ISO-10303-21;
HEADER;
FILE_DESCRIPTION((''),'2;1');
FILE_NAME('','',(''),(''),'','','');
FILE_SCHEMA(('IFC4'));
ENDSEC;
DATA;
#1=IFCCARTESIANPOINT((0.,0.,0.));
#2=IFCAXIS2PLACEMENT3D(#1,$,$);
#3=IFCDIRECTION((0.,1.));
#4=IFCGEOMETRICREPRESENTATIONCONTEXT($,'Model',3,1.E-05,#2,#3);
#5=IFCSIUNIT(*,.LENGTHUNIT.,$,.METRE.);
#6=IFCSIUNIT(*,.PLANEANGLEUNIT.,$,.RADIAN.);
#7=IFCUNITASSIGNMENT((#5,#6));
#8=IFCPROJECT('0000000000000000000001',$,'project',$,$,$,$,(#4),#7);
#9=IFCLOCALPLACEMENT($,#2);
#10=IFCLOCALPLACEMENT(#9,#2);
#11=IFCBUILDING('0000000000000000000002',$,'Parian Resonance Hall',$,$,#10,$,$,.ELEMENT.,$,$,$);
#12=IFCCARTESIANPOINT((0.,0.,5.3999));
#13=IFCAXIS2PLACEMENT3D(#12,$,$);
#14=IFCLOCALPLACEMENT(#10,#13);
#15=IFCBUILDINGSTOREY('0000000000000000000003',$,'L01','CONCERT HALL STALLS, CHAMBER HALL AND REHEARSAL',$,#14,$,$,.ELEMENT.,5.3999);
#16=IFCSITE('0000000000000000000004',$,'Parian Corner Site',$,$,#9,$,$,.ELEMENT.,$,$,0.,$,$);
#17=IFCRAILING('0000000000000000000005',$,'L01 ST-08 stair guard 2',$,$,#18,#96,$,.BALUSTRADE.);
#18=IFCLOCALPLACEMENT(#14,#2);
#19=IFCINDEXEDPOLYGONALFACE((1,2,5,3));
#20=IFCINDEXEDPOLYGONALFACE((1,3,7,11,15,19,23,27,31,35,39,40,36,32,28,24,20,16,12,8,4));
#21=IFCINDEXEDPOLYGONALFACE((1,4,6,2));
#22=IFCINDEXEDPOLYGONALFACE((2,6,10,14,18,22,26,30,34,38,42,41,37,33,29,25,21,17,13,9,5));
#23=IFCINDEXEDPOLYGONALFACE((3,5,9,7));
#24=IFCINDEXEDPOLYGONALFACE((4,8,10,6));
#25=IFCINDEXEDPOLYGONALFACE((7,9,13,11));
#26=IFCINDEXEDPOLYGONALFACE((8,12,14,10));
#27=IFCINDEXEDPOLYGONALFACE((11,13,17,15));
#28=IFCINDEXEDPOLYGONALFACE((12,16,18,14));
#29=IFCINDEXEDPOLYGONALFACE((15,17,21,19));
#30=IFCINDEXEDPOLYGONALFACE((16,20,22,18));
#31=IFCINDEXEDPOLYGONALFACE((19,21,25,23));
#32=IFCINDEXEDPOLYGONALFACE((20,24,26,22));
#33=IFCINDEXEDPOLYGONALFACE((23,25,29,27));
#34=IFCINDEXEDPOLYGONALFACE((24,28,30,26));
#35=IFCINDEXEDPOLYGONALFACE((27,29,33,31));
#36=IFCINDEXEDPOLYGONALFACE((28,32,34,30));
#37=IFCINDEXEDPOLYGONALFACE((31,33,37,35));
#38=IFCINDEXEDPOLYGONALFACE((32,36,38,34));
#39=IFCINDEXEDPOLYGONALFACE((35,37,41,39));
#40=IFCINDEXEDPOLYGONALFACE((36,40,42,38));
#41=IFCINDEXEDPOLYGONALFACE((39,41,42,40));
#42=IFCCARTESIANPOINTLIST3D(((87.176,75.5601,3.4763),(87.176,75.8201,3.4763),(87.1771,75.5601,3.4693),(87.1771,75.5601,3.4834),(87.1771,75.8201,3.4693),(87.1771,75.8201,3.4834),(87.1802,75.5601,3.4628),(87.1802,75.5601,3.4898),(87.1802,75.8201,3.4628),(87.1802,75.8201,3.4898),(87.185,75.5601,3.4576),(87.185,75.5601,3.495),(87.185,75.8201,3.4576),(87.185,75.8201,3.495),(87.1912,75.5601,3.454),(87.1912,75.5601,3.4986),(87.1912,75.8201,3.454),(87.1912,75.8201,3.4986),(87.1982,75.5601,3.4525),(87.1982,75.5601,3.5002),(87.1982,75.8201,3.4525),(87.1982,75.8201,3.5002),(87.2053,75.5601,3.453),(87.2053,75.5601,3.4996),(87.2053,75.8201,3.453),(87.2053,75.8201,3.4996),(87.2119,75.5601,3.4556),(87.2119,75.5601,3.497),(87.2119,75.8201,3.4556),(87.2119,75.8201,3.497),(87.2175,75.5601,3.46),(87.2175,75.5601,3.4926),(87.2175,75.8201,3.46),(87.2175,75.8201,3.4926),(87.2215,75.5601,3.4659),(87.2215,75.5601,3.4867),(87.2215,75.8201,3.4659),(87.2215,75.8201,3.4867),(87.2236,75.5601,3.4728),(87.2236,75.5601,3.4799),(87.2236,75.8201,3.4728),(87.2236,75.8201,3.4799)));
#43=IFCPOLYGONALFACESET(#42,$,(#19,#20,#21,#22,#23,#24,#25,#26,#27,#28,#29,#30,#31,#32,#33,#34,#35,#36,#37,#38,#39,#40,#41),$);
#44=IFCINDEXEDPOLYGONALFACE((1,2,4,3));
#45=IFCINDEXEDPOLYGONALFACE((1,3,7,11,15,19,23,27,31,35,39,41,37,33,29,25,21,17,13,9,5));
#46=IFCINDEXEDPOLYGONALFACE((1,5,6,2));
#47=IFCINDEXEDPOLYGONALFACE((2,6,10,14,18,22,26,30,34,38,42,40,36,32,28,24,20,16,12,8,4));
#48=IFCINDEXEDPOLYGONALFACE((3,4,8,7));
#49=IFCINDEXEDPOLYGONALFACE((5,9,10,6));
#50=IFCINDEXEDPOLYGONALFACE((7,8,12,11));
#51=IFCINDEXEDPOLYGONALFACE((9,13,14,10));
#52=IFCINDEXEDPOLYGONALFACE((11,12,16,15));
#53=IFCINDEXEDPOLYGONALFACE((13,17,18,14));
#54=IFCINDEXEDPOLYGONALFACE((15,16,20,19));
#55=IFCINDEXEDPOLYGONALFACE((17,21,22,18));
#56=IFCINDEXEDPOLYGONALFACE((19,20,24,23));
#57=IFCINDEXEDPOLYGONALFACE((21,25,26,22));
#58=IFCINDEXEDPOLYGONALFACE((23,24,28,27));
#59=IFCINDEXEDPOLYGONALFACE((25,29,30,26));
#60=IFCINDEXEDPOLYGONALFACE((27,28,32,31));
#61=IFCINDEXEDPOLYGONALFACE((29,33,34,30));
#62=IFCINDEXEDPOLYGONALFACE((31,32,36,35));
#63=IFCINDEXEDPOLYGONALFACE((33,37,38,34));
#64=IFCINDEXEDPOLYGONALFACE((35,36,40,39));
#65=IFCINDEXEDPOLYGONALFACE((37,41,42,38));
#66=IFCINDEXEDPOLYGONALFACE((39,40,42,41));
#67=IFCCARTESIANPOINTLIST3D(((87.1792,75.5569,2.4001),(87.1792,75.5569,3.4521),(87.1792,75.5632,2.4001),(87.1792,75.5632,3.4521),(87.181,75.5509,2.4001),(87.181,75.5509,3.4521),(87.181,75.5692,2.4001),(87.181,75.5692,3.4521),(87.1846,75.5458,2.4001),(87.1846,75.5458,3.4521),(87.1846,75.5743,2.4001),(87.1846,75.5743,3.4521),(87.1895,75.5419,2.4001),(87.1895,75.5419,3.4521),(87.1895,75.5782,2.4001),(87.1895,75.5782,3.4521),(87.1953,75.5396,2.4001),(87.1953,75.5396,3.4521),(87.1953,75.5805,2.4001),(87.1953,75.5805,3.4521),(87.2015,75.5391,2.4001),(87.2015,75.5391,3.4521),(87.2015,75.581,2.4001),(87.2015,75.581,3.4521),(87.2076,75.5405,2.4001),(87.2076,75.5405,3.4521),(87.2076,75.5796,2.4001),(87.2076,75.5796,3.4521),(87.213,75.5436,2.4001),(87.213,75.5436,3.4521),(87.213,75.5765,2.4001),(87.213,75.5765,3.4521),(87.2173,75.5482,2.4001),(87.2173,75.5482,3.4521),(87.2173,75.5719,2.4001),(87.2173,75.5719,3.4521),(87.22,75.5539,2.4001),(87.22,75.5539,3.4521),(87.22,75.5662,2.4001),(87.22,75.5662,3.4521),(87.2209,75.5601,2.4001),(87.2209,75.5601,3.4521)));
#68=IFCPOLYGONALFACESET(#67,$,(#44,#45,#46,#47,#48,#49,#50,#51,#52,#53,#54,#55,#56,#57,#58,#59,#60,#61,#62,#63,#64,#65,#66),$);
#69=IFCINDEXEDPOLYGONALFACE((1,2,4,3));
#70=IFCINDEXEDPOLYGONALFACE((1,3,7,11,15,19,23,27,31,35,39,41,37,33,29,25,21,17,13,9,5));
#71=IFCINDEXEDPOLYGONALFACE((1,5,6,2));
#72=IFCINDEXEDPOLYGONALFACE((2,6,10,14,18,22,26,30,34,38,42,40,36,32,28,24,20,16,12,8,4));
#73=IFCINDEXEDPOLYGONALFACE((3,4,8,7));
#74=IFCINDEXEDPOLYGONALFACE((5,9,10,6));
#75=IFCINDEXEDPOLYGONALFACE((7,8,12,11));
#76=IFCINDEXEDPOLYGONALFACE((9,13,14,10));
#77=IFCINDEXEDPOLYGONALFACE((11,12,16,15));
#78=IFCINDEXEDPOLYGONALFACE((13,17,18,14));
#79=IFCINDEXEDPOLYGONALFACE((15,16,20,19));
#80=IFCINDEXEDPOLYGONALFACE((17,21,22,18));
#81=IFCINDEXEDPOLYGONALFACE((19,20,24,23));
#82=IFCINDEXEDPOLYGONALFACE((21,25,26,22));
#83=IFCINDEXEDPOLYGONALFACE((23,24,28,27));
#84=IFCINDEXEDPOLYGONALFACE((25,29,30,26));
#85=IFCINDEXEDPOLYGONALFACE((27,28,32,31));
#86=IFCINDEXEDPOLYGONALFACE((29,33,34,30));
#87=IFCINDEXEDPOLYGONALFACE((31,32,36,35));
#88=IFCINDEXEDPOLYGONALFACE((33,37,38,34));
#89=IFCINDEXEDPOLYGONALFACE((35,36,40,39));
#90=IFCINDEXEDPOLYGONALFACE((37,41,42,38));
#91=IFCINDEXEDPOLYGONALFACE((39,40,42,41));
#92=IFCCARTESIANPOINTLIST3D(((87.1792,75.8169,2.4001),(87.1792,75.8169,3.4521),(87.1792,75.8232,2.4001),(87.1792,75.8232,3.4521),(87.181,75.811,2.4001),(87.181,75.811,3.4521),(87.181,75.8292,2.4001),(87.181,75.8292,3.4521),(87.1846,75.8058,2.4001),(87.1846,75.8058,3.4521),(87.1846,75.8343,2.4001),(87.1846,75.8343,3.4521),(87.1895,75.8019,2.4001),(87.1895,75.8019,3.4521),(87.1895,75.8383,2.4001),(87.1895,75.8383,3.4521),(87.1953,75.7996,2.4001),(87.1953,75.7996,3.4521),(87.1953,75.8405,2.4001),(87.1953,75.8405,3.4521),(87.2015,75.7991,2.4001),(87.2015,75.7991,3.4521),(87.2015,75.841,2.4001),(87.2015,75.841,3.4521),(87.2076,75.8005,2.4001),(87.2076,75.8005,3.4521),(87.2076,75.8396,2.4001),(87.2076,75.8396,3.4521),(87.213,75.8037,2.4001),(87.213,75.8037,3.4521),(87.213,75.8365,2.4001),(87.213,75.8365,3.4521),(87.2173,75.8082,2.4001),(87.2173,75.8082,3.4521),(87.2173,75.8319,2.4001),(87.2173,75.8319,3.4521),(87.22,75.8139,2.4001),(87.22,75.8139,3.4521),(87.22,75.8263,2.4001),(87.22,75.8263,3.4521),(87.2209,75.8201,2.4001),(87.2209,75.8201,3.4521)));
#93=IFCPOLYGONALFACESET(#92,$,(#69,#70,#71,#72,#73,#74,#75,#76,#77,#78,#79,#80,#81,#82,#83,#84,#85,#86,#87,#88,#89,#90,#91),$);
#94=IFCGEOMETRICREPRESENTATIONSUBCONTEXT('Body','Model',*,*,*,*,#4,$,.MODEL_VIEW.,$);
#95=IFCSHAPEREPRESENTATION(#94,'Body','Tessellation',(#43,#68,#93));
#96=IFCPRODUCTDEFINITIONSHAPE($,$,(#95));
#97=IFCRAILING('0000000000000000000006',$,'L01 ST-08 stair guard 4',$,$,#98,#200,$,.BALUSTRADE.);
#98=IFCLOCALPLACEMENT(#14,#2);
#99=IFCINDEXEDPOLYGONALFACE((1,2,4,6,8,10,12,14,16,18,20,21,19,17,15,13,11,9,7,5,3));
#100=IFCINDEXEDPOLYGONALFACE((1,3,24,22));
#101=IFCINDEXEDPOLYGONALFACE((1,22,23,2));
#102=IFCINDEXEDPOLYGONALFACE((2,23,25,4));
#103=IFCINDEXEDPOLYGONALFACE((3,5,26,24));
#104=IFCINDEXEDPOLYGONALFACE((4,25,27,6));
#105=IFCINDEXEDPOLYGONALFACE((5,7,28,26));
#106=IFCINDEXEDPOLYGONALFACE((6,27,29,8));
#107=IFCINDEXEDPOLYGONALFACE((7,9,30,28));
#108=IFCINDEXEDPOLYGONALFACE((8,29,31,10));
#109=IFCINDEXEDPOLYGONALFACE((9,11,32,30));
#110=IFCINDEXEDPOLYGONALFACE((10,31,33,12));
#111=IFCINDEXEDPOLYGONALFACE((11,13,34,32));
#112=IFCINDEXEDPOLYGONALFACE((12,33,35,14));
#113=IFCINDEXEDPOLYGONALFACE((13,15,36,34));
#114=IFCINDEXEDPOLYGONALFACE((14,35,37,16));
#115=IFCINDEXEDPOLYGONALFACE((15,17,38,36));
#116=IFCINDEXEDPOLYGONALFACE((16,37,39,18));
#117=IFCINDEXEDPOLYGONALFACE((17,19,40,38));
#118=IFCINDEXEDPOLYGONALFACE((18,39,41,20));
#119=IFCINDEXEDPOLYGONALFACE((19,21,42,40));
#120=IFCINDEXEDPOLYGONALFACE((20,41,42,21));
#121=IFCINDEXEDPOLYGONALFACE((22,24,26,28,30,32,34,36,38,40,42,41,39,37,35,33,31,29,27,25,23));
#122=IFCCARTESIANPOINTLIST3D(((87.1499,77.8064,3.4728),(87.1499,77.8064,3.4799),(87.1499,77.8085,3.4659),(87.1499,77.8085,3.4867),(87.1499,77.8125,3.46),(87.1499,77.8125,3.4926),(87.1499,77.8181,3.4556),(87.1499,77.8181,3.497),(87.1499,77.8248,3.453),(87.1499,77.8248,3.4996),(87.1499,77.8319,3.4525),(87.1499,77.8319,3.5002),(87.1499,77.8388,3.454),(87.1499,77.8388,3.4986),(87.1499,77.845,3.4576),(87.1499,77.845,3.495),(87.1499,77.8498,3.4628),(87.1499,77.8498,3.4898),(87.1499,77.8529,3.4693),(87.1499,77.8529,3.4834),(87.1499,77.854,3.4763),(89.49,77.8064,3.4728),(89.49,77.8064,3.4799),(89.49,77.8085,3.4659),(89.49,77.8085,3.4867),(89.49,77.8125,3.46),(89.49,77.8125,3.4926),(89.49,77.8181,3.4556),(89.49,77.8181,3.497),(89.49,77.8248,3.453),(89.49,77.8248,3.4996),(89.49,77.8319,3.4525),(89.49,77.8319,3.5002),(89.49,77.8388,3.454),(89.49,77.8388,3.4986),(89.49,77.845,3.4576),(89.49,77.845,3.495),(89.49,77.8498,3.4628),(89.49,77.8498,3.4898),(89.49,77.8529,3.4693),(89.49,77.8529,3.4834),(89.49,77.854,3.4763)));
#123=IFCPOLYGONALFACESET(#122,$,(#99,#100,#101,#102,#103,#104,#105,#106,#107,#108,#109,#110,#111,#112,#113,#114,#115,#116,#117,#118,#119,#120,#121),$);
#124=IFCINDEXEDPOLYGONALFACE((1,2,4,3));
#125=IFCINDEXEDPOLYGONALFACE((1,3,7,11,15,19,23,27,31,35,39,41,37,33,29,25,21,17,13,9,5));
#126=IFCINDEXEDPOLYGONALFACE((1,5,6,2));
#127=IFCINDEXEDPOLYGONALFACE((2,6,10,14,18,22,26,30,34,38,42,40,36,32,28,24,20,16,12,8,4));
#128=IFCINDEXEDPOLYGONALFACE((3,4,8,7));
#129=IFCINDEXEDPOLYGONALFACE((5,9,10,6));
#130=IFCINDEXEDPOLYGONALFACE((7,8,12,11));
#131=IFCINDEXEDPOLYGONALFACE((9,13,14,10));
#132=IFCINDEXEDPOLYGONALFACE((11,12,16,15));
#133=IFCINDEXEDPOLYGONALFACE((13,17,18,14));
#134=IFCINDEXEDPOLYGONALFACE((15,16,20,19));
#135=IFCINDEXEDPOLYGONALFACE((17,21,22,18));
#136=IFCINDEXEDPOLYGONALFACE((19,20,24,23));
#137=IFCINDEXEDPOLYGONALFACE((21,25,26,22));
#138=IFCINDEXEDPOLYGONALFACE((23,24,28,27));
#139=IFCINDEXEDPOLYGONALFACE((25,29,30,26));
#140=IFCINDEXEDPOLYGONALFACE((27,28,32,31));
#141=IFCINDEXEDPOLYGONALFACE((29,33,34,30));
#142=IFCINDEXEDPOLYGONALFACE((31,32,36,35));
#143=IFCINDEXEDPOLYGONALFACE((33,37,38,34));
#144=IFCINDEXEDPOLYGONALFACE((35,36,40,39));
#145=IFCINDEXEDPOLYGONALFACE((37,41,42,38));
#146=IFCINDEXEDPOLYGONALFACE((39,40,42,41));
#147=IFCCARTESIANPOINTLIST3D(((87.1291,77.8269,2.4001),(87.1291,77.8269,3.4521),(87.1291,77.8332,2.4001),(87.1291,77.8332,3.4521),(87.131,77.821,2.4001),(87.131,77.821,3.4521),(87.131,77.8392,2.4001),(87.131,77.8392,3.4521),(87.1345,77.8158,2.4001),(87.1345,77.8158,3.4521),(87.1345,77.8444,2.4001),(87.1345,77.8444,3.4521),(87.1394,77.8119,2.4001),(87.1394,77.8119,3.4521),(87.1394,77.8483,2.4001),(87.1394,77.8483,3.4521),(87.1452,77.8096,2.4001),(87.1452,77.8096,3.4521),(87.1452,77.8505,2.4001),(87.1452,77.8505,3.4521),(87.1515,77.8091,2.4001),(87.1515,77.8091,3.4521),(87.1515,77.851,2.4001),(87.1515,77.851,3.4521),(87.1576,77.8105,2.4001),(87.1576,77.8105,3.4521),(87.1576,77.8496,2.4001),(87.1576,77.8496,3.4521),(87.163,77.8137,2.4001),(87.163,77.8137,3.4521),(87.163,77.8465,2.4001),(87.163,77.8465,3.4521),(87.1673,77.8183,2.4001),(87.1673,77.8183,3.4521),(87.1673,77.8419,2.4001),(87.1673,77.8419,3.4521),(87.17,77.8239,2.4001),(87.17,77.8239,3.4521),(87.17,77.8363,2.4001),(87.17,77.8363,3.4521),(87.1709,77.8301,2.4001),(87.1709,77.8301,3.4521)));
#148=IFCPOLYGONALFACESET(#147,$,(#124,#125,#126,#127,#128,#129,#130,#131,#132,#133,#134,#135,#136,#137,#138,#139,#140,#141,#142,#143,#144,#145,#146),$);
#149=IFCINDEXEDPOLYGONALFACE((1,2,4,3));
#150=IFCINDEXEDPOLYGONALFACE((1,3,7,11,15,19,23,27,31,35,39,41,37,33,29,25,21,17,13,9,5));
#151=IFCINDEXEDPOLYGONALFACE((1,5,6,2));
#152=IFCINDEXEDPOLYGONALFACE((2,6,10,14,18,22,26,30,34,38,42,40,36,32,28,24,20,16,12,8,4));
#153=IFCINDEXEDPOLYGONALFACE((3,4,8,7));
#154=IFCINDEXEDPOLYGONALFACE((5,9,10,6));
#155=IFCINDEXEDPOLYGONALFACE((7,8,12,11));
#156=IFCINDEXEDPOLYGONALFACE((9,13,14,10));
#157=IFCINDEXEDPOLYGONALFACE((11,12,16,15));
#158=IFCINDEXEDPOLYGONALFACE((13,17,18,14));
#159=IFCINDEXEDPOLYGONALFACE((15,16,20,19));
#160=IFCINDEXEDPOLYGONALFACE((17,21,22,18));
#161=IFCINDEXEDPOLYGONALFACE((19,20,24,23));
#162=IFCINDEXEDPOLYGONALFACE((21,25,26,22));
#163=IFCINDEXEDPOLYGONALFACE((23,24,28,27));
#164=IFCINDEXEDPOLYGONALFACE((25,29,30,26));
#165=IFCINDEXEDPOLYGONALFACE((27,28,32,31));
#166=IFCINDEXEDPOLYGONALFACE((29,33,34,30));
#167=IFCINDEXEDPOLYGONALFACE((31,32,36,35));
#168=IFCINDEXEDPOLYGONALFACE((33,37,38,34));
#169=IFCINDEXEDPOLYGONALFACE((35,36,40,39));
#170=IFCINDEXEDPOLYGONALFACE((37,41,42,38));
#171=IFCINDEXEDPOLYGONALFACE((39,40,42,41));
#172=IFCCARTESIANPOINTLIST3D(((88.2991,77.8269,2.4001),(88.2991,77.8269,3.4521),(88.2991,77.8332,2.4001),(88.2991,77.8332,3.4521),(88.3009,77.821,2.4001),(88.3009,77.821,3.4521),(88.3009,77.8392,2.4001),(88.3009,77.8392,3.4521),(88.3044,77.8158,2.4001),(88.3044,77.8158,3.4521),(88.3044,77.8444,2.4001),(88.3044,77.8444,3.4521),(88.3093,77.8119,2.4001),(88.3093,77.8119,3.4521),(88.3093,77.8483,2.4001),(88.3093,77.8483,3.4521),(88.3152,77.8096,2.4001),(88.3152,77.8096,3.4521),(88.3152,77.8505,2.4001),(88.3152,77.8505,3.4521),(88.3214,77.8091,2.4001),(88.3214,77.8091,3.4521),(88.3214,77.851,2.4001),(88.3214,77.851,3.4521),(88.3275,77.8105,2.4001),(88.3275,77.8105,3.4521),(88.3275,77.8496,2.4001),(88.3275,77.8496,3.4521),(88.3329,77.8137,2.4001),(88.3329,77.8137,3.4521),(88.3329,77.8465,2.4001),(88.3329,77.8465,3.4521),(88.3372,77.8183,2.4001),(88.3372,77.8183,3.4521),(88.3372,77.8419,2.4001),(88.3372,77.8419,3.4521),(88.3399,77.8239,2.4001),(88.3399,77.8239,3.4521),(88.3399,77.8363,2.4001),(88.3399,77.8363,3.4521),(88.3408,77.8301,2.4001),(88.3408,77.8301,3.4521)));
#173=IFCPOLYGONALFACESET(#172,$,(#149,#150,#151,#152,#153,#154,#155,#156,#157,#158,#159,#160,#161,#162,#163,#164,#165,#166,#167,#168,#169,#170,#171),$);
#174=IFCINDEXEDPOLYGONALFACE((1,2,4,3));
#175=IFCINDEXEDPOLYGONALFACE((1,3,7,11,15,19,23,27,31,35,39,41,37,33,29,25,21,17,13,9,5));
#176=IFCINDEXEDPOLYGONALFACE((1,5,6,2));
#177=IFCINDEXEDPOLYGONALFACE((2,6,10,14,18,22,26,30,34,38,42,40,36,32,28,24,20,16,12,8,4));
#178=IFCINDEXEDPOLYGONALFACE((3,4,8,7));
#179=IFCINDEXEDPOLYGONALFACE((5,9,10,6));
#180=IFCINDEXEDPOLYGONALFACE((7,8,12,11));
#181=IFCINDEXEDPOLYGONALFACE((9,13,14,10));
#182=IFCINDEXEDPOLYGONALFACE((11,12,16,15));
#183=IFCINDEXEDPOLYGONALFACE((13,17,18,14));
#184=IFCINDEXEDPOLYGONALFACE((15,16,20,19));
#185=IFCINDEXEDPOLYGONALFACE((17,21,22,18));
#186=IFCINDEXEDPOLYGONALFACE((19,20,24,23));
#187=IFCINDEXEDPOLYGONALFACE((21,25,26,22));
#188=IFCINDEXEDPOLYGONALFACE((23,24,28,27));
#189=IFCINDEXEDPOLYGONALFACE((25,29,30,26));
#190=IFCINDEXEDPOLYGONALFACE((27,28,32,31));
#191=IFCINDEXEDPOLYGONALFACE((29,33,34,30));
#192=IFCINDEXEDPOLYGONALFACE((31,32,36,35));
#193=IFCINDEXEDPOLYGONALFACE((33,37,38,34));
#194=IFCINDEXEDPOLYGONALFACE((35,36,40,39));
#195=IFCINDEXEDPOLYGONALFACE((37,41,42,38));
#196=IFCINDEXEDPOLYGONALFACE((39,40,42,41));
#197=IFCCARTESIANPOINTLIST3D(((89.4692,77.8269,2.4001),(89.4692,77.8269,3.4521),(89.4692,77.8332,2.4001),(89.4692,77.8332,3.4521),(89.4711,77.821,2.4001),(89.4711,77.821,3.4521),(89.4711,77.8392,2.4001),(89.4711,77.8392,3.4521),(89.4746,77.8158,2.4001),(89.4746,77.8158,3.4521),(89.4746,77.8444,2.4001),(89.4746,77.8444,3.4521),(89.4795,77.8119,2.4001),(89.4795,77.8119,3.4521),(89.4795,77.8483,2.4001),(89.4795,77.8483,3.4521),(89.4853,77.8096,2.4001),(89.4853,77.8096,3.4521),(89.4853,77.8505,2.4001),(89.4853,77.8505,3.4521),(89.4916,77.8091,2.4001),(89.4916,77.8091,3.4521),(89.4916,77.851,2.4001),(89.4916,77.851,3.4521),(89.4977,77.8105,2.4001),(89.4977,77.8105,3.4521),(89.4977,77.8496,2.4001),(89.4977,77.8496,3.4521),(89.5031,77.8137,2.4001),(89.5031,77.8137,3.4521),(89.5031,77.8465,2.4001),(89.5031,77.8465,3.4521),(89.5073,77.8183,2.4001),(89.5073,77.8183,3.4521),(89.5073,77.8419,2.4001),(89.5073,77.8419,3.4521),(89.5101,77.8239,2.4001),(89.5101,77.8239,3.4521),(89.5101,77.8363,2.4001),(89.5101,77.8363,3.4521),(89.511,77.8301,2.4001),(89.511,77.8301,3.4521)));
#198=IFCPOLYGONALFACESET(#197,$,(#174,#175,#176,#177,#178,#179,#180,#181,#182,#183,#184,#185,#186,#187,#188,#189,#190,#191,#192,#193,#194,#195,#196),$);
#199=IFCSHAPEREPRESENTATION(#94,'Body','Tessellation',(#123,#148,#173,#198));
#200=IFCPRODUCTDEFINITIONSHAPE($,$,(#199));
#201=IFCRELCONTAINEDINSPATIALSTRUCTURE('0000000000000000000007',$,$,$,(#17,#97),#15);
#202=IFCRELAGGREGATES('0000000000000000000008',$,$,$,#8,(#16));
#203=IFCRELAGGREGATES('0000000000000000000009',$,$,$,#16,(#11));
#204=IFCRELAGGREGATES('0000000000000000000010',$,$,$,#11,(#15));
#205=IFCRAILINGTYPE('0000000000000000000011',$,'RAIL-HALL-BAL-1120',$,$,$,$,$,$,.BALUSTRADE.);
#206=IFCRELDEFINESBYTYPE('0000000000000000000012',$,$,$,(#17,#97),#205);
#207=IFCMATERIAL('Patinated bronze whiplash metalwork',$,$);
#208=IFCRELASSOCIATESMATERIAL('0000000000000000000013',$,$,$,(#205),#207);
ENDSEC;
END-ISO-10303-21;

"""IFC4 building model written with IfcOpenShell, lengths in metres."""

from ifc_helpers import new_model, si_unit, direction, frame, origin, origin_2d, place, context, subcontext, project, spatial, circle, extrude, material, type_object, element, save


model = new_model("IFC4")

# Units and contexts
model_context = context("Model", 3, precision=1e-05, world=origin(), true_north=direction((0.0, 1.0)))
body_context = subcontext(model_context, "Body", "Model", "MODEL_VIEW")
ifc_project = project(units=[si_unit("LENGTHUNIT", "METRE"), si_unit("PLANEANGLEUNIT", "RADIAN")], contexts=[model_context])

# Site, building, storey
site_placement = place(None, origin())
site = spatial("IfcSite", under=ifc_project, at=site_placement, Name="Parian Corner Site", CompositionType="ELEMENT", RefElevation=0.0)
building_placement = place(site_placement, origin())
building = spatial("IfcBuilding", under=site, at=building_placement, Name="Parian Resonance Hall", CompositionType="ELEMENT")
storey_placement = place(building_placement, frame((0.0, 0.0, 5.3999)))
storey = spatial("IfcBuildingStorey", under=building, at=storey_placement, Name="L01", Description="CONCERT HALL STALLS, CHAMBER HALL AND REHEARSAL", CompositionType="ELEMENT", Elevation=5.3999)

# Railings
ifc_material_1 = material(Name="Patinated bronze whiplash metalwork")
railing_type_1 = type_object("IfcRailingType", Name="RAIL-HALL-BAL-1120", PredefinedType="BALUSTRADE", material=ifc_material_1)
railing_1_placement = place(storey_placement, frame((87.2, 75.5601, 2.4001)))
element("IfcRailing", 1, at=railing_1_placement, inside=storey, type_object=railing_type_1, Name="L01 ST-08 stair guard 2", PredefinedType="BALUSTRADE", context=body_context, shape_type="SweptSolid", body=[
    extrude(circle(Radius=0.0239, at=origin_2d()), frame((0.0, 0.0, 1.0762), z_axis=(0.0, 1.0, 0.0), x_axis=(-1.0, 0.0, 0.0)), (0.0, 0.0, 1.0), 0.26),
    extrude(circle(Radius=0.021, at=origin_2d()), origin(), (0.0, 0.0, 1.0), 1.052),
    extrude(circle(Radius=0.021, at=origin_2d()), frame((0.0, 0.26, 0.0)), (0.0, 0.0, 1.0), 1.052),
])
railing_2_placement = place(storey_placement, frame((87.1499, 77.8301, 2.4001)))
element("IfcRailing", 2, at=railing_2_placement, inside=storey, type_object=railing_type_1, Name="L01 ST-08 stair guard 4", PredefinedType="BALUSTRADE", context=body_context, shape_type="SweptSolid", body=[
    extrude(circle(Radius=0.0239, at=origin_2d()), frame((0.0, 0.0, 1.0762), z_axis=(1.0, 0.0, 0.0), x_axis=(0.0, 1.0, 0.0)), (0.0, 0.0, 1.0), 2.3401),
    extrude(circle(Radius=0.021, at=origin_2d()), origin(), (0.0, 0.0, 1.0), 1.052),
    extrude(circle(Radius=0.021, at=origin_2d()), frame((1.1699, 0.0, 0.0)), (0.0, 0.0, 1.0), 1.052),
    extrude(circle(Radius=0.021, at=origin_2d()), frame((2.3401, 0.0, 0.0)), (0.0, 0.0, 1.0), 1.052),
])

save(model, "model.ifc")
